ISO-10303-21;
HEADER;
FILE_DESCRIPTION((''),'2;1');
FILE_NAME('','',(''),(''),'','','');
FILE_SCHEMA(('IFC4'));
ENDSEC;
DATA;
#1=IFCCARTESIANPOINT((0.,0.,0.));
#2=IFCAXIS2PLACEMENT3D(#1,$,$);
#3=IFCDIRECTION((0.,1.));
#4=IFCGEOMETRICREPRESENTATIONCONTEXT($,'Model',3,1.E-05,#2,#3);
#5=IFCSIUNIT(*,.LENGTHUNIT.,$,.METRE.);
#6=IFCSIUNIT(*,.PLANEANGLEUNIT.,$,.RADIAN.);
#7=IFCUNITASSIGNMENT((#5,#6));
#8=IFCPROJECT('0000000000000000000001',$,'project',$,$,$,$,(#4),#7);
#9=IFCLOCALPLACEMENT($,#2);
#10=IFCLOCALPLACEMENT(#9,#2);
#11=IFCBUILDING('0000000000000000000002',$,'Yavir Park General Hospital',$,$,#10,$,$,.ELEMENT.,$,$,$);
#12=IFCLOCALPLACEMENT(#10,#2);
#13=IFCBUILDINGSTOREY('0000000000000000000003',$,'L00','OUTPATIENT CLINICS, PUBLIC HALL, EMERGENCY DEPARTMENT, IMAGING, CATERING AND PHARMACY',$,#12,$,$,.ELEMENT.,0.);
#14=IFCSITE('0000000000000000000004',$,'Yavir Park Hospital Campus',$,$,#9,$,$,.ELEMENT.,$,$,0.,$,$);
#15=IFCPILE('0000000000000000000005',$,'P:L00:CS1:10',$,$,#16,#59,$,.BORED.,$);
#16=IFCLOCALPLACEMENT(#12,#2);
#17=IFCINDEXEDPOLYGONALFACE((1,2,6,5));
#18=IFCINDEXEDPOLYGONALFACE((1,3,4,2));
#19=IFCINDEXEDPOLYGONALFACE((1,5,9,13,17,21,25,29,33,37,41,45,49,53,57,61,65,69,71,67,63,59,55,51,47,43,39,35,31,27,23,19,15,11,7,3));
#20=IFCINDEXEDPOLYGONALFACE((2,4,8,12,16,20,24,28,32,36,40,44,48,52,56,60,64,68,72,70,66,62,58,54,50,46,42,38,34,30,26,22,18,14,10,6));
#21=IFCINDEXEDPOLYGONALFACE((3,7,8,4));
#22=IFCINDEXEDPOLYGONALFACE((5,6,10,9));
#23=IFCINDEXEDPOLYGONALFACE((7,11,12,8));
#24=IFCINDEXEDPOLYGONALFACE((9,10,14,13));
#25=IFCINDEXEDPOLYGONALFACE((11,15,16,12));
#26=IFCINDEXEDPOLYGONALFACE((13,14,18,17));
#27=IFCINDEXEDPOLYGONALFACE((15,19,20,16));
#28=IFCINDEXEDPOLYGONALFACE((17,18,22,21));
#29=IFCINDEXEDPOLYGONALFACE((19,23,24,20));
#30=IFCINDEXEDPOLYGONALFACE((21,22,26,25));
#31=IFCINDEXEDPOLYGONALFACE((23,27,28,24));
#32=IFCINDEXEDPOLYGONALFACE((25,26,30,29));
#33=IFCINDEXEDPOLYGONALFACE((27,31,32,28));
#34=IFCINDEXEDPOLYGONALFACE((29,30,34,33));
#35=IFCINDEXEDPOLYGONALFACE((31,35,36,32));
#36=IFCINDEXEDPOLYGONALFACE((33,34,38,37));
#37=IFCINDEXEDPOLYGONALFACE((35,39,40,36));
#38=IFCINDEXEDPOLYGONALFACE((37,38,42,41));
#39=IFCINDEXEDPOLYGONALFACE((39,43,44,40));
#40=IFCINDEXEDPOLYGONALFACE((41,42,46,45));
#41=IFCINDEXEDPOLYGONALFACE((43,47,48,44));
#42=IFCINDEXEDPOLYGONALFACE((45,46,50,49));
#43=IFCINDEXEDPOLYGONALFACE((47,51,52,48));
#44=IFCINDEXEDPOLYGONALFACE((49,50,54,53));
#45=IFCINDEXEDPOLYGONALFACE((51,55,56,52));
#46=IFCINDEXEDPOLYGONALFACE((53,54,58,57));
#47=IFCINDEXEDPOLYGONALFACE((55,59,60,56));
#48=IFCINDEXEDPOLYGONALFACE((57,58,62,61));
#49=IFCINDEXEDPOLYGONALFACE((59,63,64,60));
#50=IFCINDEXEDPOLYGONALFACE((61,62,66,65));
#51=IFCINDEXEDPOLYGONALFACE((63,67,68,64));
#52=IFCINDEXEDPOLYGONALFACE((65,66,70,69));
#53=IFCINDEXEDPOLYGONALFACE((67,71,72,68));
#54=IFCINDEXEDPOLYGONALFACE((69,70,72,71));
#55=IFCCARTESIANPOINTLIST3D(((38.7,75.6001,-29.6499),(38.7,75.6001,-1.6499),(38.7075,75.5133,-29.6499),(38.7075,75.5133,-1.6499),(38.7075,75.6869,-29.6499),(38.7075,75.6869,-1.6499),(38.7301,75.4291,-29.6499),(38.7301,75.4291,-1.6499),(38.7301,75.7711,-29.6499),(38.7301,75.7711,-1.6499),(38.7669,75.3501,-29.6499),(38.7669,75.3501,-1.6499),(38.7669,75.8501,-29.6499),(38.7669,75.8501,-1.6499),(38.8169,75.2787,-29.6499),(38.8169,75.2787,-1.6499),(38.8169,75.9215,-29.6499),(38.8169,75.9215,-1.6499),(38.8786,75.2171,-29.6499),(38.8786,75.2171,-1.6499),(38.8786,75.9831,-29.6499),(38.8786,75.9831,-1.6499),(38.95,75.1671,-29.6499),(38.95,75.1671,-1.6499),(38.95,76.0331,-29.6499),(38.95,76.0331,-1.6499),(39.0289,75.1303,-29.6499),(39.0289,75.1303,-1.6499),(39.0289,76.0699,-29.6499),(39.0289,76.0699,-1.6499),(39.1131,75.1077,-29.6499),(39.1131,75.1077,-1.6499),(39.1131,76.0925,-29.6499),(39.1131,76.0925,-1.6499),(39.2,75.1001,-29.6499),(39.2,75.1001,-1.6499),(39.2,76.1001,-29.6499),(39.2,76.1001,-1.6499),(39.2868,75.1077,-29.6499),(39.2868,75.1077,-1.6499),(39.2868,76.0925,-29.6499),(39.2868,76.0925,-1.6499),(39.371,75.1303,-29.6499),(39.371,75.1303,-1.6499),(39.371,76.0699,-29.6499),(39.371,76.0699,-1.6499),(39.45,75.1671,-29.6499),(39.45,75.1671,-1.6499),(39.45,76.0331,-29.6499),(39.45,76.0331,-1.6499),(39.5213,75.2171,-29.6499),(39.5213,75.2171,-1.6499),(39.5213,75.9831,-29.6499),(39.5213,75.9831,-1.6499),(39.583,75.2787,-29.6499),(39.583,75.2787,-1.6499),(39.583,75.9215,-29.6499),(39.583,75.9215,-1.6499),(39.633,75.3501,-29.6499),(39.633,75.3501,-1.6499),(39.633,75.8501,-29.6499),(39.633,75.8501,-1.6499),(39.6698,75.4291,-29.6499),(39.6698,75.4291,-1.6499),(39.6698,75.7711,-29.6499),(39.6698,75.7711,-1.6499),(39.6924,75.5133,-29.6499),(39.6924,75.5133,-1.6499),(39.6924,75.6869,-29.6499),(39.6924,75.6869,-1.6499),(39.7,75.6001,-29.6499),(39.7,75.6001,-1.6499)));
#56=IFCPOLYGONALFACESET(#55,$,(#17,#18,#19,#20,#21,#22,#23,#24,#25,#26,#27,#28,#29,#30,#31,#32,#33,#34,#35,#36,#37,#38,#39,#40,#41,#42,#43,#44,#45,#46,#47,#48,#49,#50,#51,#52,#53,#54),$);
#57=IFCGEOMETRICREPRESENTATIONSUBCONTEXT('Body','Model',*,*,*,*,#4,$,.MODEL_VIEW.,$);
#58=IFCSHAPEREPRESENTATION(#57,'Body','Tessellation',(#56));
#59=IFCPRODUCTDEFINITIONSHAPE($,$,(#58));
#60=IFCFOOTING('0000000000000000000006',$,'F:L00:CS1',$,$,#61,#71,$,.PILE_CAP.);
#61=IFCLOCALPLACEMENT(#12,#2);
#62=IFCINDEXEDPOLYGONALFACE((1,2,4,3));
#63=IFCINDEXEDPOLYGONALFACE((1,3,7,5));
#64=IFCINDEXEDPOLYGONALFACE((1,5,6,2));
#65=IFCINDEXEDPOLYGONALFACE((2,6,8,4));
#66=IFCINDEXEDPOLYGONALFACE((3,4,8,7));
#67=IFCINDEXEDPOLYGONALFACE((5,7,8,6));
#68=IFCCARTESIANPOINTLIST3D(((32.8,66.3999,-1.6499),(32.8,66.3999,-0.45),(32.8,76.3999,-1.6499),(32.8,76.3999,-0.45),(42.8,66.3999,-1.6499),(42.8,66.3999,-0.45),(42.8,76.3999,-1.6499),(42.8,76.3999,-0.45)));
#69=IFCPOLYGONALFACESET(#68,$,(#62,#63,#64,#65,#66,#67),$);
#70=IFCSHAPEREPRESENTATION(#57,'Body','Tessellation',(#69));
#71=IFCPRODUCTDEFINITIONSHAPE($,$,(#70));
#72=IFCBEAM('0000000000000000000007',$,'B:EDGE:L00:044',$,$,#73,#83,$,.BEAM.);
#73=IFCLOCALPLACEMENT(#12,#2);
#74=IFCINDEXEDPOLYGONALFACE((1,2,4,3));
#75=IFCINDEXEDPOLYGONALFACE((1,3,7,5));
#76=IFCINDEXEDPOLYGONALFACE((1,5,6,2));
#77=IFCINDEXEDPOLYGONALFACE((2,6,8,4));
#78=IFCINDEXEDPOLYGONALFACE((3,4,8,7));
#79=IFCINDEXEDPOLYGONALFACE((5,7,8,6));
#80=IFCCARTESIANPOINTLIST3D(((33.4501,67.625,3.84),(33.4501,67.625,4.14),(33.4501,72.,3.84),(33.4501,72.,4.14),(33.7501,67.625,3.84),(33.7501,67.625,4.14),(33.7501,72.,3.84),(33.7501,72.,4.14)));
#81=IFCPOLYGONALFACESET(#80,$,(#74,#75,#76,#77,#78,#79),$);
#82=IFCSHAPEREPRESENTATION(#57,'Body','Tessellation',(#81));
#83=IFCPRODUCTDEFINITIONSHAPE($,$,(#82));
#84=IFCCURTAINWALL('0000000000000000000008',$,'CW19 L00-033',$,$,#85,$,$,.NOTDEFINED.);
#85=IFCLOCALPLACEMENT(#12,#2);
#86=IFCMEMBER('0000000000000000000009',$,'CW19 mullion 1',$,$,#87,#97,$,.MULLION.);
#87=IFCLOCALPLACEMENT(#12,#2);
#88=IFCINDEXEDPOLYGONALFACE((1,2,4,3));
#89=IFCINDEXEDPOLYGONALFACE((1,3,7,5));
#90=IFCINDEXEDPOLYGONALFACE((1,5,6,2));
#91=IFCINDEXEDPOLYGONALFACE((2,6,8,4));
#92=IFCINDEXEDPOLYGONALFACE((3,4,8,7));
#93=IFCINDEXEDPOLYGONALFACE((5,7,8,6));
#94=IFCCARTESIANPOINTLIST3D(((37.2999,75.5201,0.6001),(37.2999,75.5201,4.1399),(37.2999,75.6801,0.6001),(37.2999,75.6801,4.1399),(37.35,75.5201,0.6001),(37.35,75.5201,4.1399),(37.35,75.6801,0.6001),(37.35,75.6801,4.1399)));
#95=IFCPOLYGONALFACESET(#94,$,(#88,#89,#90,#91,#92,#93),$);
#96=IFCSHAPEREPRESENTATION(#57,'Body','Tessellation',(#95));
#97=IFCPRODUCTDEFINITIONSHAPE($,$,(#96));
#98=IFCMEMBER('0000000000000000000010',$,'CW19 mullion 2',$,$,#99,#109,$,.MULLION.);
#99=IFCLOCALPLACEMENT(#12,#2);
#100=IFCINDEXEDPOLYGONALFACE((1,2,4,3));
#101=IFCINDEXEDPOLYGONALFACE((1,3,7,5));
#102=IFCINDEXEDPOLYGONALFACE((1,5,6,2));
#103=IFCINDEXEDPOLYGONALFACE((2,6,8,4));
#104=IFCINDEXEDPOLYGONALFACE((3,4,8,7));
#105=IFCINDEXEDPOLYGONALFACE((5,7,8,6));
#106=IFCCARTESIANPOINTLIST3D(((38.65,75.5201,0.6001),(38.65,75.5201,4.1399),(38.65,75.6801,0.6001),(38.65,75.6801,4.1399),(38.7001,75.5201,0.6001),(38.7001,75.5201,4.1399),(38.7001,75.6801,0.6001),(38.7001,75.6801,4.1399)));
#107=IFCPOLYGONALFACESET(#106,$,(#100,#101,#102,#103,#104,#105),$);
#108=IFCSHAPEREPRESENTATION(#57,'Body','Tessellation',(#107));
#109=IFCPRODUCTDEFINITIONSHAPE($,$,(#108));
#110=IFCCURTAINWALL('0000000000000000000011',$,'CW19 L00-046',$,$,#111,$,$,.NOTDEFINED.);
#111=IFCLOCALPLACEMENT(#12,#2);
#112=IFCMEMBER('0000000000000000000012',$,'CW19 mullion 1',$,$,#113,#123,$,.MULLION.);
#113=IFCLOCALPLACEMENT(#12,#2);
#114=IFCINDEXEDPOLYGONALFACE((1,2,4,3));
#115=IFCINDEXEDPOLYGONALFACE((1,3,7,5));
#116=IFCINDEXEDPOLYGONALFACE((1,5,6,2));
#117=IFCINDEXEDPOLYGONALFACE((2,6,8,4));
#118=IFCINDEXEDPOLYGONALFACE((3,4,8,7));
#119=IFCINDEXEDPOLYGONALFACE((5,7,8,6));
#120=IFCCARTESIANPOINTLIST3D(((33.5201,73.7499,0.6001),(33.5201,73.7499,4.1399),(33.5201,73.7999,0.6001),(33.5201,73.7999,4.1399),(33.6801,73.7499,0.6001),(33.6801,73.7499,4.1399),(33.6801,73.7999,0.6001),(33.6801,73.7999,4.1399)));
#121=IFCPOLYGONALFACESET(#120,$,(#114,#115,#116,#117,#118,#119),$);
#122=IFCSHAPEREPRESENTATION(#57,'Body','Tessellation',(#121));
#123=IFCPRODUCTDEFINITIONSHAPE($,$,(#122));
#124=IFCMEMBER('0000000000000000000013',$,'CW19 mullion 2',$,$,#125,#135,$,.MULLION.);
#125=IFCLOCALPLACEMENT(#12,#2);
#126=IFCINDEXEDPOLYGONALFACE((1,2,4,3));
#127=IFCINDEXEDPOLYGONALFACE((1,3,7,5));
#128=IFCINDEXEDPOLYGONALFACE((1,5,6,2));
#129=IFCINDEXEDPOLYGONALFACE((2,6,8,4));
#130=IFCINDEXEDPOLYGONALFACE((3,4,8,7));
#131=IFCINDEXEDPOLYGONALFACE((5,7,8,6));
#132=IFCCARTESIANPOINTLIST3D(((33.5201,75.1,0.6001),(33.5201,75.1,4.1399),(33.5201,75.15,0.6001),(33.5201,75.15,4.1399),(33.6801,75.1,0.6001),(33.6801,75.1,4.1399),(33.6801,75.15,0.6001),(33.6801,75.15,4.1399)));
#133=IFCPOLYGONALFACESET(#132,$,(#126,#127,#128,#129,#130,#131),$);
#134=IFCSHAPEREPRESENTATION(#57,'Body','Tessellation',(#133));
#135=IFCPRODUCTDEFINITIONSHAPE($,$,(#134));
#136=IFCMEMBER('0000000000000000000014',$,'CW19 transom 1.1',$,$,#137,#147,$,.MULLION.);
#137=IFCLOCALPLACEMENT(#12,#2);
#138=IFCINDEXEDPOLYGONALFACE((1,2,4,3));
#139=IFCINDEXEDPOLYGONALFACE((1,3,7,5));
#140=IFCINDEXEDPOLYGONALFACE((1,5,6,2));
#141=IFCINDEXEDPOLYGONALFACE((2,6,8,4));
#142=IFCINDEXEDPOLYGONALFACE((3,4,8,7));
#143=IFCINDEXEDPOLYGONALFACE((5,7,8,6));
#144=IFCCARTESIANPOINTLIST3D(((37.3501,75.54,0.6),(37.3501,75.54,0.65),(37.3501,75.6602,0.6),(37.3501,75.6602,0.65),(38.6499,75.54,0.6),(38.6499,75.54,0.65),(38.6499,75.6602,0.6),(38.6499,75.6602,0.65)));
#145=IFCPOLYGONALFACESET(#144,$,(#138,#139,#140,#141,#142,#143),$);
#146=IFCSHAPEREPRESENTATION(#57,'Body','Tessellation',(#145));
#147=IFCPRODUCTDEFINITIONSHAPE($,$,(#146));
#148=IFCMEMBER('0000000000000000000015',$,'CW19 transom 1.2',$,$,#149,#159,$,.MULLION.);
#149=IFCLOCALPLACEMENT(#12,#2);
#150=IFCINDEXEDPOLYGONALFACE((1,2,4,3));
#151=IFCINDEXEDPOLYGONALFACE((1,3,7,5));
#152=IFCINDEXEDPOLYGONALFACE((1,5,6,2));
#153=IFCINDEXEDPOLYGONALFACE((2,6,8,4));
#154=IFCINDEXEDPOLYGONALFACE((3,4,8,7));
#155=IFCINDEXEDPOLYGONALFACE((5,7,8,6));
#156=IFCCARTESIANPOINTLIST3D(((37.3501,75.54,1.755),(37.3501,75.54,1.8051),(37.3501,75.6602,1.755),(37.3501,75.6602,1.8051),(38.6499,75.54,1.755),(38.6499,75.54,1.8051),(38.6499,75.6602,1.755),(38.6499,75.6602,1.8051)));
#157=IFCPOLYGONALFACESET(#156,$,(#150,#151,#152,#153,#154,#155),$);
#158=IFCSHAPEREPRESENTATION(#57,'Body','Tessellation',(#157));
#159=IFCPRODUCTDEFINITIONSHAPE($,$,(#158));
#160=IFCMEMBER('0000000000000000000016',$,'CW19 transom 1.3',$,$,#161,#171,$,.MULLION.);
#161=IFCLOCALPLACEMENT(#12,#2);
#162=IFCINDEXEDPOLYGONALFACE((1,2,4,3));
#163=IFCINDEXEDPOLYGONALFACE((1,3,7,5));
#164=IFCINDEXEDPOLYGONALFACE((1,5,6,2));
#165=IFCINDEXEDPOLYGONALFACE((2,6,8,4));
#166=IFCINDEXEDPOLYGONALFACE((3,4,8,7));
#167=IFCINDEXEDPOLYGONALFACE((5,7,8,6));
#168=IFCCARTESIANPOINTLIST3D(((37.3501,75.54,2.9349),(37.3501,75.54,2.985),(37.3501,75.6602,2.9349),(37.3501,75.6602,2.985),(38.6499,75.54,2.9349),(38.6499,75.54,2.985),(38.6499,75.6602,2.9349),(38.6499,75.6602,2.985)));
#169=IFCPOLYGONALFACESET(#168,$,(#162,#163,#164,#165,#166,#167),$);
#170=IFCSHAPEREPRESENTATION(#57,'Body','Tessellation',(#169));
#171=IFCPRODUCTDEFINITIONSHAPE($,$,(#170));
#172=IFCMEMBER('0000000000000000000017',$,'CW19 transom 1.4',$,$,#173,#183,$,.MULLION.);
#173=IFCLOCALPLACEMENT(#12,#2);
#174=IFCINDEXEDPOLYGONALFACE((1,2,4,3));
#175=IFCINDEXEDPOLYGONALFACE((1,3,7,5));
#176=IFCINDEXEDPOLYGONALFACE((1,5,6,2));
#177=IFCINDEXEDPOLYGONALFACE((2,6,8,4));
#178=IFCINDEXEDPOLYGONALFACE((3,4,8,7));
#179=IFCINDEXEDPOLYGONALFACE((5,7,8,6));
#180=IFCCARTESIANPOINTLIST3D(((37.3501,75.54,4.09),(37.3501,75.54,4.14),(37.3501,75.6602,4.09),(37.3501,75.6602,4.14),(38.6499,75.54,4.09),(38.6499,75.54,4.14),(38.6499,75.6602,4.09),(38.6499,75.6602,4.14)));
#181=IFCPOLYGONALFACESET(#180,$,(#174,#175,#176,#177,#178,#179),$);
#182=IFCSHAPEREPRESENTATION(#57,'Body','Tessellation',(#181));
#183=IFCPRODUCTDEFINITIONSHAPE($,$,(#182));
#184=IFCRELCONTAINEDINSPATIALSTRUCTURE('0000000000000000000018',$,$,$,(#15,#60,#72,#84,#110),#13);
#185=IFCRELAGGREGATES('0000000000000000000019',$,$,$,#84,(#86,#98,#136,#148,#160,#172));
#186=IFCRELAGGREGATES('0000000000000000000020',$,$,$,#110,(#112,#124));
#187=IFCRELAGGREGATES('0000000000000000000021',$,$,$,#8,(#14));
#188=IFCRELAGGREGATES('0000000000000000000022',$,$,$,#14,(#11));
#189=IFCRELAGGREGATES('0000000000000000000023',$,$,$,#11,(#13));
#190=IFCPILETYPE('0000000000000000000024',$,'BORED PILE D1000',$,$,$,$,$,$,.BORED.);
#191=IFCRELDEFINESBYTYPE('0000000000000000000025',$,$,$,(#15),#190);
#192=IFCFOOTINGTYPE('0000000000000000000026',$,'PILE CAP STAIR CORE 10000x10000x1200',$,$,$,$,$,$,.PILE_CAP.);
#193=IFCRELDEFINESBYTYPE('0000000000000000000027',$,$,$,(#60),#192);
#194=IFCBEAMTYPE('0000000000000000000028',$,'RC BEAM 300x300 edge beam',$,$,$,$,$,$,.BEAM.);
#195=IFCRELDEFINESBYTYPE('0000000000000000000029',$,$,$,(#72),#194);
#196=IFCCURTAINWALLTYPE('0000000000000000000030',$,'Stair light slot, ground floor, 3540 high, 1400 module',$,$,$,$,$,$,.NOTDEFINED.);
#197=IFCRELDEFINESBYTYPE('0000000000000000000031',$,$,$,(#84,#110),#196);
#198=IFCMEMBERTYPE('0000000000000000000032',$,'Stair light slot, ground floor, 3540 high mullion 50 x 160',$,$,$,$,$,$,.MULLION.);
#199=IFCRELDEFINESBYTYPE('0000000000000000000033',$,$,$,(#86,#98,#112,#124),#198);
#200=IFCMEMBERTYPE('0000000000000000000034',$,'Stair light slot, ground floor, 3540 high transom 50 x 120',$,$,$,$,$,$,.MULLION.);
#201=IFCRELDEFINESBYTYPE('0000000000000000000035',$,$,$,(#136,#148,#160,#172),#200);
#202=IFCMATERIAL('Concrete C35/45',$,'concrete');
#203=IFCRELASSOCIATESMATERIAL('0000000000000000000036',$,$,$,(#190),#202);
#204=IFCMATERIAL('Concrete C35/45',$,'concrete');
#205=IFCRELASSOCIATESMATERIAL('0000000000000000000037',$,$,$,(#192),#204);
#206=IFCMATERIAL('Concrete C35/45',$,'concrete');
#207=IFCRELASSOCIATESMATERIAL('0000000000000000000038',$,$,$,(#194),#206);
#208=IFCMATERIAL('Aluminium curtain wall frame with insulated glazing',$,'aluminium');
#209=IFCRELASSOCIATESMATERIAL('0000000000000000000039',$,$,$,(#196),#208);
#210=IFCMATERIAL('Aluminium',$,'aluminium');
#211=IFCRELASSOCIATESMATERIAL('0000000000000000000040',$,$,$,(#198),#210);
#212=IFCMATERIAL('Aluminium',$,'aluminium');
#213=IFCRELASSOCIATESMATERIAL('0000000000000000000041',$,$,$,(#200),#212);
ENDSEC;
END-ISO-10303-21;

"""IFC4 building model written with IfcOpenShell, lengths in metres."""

from ifc_helpers import new_model, si_unit, direction, frame, origin, origin_2d, place, context, subcontext, project, spatial, rectangle, circle, extrude, material, material_profile, profile_set, type_object, element, aggregate, save


model = new_model("IFC4")

# Units and contexts
model_context = context("Model", 3, precision=1e-05, world=origin(), true_north=direction((0.0, 1.0)))
body_context = subcontext(model_context, "Body", "Model", "MODEL_VIEW")
ifc_project = project(units=[si_unit("LENGTHUNIT", "METRE"), si_unit("PLANEANGLEUNIT", "RADIAN")], contexts=[model_context])

# Site, building, storey
site_placement = place(None, origin())
site = spatial("IfcSite", under=ifc_project, at=site_placement, Name="Yavir Park Hospital Campus", CompositionType="ELEMENT", RefElevation=0.0)
building_placement = place(site_placement, origin())
building = spatial("IfcBuilding", under=site, at=building_placement, Name="Yavir Park General Hospital", CompositionType="ELEMENT")
storey_placement = place(building_placement, origin())
storey = spatial("IfcBuildingStorey", under=building, at=storey_placement, Name="L00", Description="OUTPATIENT CLINICS, PUBLIC HALL, EMERGENCY DEPARTMENT, IMAGING, CATERING AND PHARMACY", CompositionType="ELEMENT", Elevation=0.0)

# Pile
ifc_material_1 = material(Name="Concrete C35/45", Category="concrete")
ifc_material_profile_1 = material_profile(ifc_material_1, circle(Radius=0.5, at=origin_2d()), Name="D1000")
ifc_profile_set_1 = profile_set([ifc_material_profile_1], Name="Concrete C35/45")
pile_type = type_object("IfcPileType", Name="BORED PILE D1000", PredefinedType="BORED", material=ifc_profile_set_1)
for number, where, z_axis, x_axis, name in (
    (1, (39.2, 75.6001, -1.6499), (0.0, 0.0, -1.0), (1.0, 0.0, 0.0), "P:L00:CS1:10"),
):
    element("IfcPile", number, at=place(storey_placement, frame(where, z_axis=z_axis, x_axis=x_axis)), inside=storey, type_object=pile_type, Name=name, PredefinedType="BORED", context=body_context, shape_type="SweptSolid", body=[
        extrude(circle(Radius=0.5, at=origin_2d()), origin(), (0.0, 0.0, 1.0), 28.0),
    ])

# Footing
ifc_material_2 = material(Name="Concrete C35/45", Category="concrete")
footing_type = type_object("IfcFootingType", Name="PILE CAP STAIR CORE 10000x10000x1200", PredefinedType="PILE_CAP", material=ifc_material_2)
footing_placement = place(storey_placement, frame((37.8, 71.3999, -1.6499), z_axis=(0.0, 0.0, 1.0), x_axis=(1.0, 0.0, 0.0)))
element("IfcFooting", 2, at=footing_placement, inside=storey, type_object=footing_type, Name="F:L00:CS1", PredefinedType="PILE_CAP", context=body_context, shape_type="SweptSolid", body=[
    extrude(rectangle(XDim=10.0, YDim=10.0, at=origin_2d()), origin(), (0.0, 0.0, 1.0), 1.2),
])

# Beam
ifc_material_3 = material(Name="Concrete C35/45", Category="concrete")
ifc_material_profile_2 = material_profile(ifc_material_3, rectangle(XDim=0.3, YDim=0.3, at=origin_2d()), Name="RC300x300")
ifc_profile_set_2 = profile_set([ifc_material_profile_2], Name="Concrete C35/45")
beam_type = type_object("IfcBeamType", Name="RC BEAM 300x300 edge beam", PredefinedType="BEAM", material=ifc_profile_set_2)
beam_placement = place(storey_placement, frame((33.6001, 67.625, 3.99), z_axis=(0.0, 1.0, 0.0), x_axis=(-1.0, 0.0, 0.0)))
element("IfcBeam", 3, at=beam_placement, inside=storey, type_object=beam_type, Name="B:EDGE:L00:044", PredefinedType="BEAM", context=body_context, shape_type="SweptSolid", body=[
    extrude(rectangle(XDim=0.3, YDim=0.3, at=origin_2d()), origin(), (0.0, 0.0, 1.0), 4.375),
])

# Curtain walls, members
ifc_material_4 = material(Name="Aluminium curtain wall frame with insulated glazing", Category="aluminium")
curtain_wall_type = type_object("IfcCurtainWallType", Name="Stair light slot, ground floor, 3540 high, 1400 module", PredefinedType="NOTDEFINED", material=ifc_material_4)
curtain_wall_1_placement = place(storey_placement, origin())
curtain_wall_1 = element("IfcCurtainWall", 4, at=curtain_wall_1_placement, inside=storey, type_object=curtain_wall_type, Name="CW19 L00-033", PredefinedType="NOTDEFINED")
ifc_material_5 = material(Name="Aluminium", Category="aluminium")
ifc_material_profile_3 = material_profile(ifc_material_5, rectangle(XDim=0.1599, YDim=0.05, at=origin_2d()), Name="AL 50x160")
ifc_profile_set_3 = profile_set([ifc_material_profile_3], Name="Aluminium")
member_type_1 = type_object("IfcMemberType", Name="Stair light slot, ground floor, 3540 high mullion 50 x 160", PredefinedType="MULLION", material=ifc_profile_set_3)
member_1_placement = place(storey_placement, frame((37.325, 75.6001, 0.6001), z_axis=(0.0, 0.0, 1.0), x_axis=(0.0, 1.0, 0.0)))
member_1 = element("IfcMember", 5, at=member_1_placement, type_object=member_type_1, Name="CW19 mullion 1", PredefinedType="MULLION", context=body_context, shape_type="SweptSolid", body=[
    extrude(rectangle(XDim=0.1599, YDim=0.05, at=origin_2d()), origin(), (0.0, 0.0, 1.0), 3.5398),
])
member_2_placement = place(storey_placement, frame((38.675, 75.6001, 0.6001), z_axis=(0.0, 0.0, 1.0), x_axis=(0.0, 1.0, 0.0)))
member_2 = element("IfcMember", 6, at=member_2_placement, type_object=member_type_1, Name="CW19 mullion 2", PredefinedType="MULLION", context=body_context, shape_type="SweptSolid", body=[
    extrude(rectangle(XDim=0.1599, YDim=0.05, at=origin_2d()), origin(), (0.0, 0.0, 1.0), 3.5398),
])
curtain_wall_2_placement = place(storey_placement, origin())
curtain_wall_2 = element("IfcCurtainWall", 7, at=curtain_wall_2_placement, inside=storey, type_object=curtain_wall_type, Name="CW19 L00-046", PredefinedType="NOTDEFINED")
member_3_placement = place(storey_placement, frame((33.6001, 73.7749, 0.6001), z_axis=(0.0, 0.0, 1.0), x_axis=(-1.0, 0.0, 0.0)))
member_3 = element("IfcMember", 8, at=member_3_placement, type_object=member_type_1, Name="CW19 mullion 1", PredefinedType="MULLION", context=body_context, shape_type="SweptSolid", body=[
    extrude(rectangle(XDim=0.1599, YDim=0.05, at=origin_2d()), origin(), (0.0, 0.0, 1.0), 3.5398),
])
member_4_placement = place(storey_placement, frame((33.6001, 75.125, 0.6001), z_axis=(0.0, 0.0, 1.0), x_axis=(-1.0, 0.0, 0.0)))
member_4 = element("IfcMember", 9, at=member_4_placement, type_object=member_type_1, Name="CW19 mullion 2", PredefinedType="MULLION", context=body_context, shape_type="SweptSolid", body=[
    extrude(rectangle(XDim=0.1599, YDim=0.05, at=origin_2d()), origin(), (0.0, 0.0, 1.0), 3.5398),
])

# Members
ifc_material_6 = material(Name="Aluminium", Category="aluminium")
ifc_material_profile_4 = material_profile(ifc_material_6, rectangle(XDim=0.1201, YDim=0.05, at=origin_2d()), Name="AL 120x50")
ifc_profile_set_4 = profile_set([ifc_material_profile_4], Name="Aluminium")
member_type_2 = type_object("IfcMemberType", Name="Stair light slot, ground floor, 3540 high transom 50 x 120", PredefinedType="MULLION", material=ifc_profile_set_4)
member_5_placement = place(storey_placement, frame((37.3501, 75.6001, 0.625), z_axis=(1.0, 0.0, 0.0), x_axis=(0.0, 1.0, 0.0)))
member_5 = element("IfcMember", 10, at=member_5_placement, type_object=member_type_2, Name="CW19 transom 1.1", PredefinedType="MULLION", context=body_context, shape_type="SweptSolid", body=[
    extrude(rectangle(XDim=0.1201, YDim=0.05, at=origin_2d()), origin(), (0.0, 0.0, 1.0), 1.2998),
])
member_6_placement = place(storey_placement, frame((37.3501, 75.6001, 1.78), z_axis=(1.0, 0.0, 0.0), x_axis=(0.0, 1.0, 0.0)))
member_6 = element("IfcMember", 11, at=member_6_placement, type_object=member_type_2, Name="CW19 transom 1.2", PredefinedType="MULLION", context=body_context, shape_type="SweptSolid", body=[
    extrude(rectangle(XDim=0.1201, YDim=0.05, at=origin_2d()), origin(), (0.0, 0.0, 1.0), 1.2998),
])
member_7_placement = place(storey_placement, frame((37.3501, 75.6001, 2.96), z_axis=(1.0, 0.0, 0.0), x_axis=(0.0, 1.0, 0.0)))
member_7 = element("IfcMember", 12, at=member_7_placement, type_object=member_type_2, Name="CW19 transom 1.3", PredefinedType="MULLION", context=body_context, shape_type="SweptSolid", body=[
    extrude(rectangle(XDim=0.1201, YDim=0.05, at=origin_2d()), origin(), (0.0, 0.0, 1.0), 1.2998),
])
member_8_placement = place(storey_placement, frame((37.3501, 75.6001, 4.115), z_axis=(1.0, 0.0, 0.0), x_axis=(0.0, 1.0, 0.0)))
member_8 = element("IfcMember", 13, at=member_8_placement, type_object=member_type_2, Name="CW19 transom 1.4", PredefinedType="MULLION", context=body_context, shape_type="SweptSolid", body=[
    extrude(rectangle(XDim=0.1201, YDim=0.05, at=origin_2d()), origin(), (0.0, 0.0, 1.0), 1.2998),
])

aggregate(curtain_wall_1, [member_1, member_2, member_5, member_6, member_7, member_8])
aggregate(curtain_wall_2, [member_3, member_4])

save(model, "model.ifc")
